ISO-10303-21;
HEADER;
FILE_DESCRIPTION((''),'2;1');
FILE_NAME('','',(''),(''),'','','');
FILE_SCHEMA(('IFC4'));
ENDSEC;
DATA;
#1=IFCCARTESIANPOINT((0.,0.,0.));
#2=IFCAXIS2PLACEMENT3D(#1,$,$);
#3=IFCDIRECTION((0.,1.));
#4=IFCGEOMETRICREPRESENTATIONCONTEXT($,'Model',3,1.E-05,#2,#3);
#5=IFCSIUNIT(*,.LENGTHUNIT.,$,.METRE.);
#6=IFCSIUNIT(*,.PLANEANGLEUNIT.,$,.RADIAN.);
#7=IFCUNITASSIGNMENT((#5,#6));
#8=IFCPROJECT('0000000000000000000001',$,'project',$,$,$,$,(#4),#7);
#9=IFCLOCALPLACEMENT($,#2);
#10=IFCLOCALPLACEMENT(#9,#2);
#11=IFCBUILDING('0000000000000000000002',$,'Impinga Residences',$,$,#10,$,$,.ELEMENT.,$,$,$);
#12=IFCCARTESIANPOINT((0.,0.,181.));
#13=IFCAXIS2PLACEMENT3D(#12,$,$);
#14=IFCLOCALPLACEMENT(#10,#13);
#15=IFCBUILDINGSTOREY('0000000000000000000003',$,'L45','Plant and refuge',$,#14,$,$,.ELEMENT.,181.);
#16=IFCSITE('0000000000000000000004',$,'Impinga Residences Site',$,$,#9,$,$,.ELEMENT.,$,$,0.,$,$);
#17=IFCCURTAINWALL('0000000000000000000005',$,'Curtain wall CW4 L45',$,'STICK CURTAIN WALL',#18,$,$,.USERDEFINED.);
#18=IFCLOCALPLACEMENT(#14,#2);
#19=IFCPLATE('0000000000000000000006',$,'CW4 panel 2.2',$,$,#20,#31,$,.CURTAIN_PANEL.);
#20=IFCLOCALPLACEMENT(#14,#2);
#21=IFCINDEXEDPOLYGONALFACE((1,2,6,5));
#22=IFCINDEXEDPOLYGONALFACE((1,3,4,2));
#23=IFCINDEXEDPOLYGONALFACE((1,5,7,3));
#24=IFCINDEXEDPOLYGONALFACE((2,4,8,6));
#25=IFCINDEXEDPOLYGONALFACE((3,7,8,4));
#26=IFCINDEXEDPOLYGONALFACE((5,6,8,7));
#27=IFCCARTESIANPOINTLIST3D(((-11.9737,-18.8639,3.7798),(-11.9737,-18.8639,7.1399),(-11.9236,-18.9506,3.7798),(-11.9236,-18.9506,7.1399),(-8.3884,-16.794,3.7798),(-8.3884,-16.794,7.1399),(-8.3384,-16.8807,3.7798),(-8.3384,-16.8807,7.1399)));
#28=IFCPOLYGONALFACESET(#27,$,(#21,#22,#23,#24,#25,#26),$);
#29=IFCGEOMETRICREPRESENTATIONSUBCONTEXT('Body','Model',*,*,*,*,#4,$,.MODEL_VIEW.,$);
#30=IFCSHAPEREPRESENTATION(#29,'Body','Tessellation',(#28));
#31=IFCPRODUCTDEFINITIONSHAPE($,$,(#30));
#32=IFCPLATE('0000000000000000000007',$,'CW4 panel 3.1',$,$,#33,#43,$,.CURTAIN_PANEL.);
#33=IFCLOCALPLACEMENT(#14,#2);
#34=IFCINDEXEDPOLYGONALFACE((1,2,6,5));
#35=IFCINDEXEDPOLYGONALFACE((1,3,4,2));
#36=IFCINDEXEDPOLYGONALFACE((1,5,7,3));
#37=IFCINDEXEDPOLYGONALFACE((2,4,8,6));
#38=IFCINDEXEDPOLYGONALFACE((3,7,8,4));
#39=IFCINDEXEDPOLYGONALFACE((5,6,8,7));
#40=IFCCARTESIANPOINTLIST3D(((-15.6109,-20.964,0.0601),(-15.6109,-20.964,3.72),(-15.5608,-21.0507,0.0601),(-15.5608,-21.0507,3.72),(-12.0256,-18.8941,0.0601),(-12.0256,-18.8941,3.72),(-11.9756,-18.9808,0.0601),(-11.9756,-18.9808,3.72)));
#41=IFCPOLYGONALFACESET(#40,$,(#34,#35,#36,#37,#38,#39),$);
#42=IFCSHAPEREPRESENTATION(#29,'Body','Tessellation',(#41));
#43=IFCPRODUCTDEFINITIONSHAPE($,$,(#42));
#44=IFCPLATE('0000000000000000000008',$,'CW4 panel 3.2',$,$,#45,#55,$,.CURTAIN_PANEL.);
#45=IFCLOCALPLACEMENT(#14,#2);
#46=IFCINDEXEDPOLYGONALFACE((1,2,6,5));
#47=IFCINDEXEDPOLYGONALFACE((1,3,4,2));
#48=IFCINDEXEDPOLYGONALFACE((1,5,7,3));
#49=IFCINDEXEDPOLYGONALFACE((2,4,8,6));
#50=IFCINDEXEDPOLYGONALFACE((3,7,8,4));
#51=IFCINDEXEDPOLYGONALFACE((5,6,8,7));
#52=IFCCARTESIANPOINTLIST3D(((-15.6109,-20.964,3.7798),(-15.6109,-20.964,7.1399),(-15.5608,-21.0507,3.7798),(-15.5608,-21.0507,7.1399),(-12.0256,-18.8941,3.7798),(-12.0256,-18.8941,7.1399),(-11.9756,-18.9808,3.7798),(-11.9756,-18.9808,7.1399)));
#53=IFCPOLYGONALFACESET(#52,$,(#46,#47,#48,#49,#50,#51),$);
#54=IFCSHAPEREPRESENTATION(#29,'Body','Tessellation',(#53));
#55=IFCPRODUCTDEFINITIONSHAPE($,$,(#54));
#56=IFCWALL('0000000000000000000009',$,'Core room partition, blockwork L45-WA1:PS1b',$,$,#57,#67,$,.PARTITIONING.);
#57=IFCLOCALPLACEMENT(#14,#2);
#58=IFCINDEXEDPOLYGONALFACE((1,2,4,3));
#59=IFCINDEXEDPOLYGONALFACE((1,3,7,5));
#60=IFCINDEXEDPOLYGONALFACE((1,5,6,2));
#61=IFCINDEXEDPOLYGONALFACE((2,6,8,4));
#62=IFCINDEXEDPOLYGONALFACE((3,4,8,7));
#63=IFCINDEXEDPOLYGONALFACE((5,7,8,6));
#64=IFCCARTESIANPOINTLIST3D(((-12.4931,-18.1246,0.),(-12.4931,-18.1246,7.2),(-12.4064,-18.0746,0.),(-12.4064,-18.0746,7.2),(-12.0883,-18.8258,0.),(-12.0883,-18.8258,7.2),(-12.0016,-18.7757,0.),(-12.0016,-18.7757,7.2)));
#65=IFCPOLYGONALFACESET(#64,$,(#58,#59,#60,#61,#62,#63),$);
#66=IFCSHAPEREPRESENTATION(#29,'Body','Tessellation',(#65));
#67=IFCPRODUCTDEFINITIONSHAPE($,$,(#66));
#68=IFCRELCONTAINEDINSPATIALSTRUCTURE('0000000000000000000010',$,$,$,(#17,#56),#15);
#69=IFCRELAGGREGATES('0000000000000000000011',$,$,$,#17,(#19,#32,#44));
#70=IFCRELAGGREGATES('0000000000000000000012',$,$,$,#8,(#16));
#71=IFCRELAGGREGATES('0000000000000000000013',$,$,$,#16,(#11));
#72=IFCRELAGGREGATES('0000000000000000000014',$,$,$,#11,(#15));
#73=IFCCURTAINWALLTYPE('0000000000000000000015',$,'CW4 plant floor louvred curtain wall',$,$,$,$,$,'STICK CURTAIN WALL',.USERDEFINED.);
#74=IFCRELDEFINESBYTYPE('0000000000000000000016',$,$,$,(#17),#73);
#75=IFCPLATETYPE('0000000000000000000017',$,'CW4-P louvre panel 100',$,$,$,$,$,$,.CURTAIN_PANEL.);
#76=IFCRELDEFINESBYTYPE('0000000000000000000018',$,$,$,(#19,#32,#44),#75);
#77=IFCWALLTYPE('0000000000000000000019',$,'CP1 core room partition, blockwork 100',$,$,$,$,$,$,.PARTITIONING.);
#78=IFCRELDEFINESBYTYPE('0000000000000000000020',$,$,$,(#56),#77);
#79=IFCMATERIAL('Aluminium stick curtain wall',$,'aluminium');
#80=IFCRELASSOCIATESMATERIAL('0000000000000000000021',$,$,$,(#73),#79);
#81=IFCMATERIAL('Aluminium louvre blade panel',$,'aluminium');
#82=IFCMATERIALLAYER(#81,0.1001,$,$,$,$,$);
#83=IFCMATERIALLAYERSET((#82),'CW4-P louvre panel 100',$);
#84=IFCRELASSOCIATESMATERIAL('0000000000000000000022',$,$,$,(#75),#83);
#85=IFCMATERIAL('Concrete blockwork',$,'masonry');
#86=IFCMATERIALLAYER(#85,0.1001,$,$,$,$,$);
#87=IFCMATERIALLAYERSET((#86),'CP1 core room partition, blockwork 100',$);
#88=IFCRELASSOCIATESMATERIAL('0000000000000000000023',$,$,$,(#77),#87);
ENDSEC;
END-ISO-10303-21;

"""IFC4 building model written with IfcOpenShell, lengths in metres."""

from ifc_helpers import new_model, si_unit, direction, frame, frame_2d, origin, origin_2d, place, context, subcontext, project, spatial, rectangle, extrude, material, layer, layer_set, type_object, element, aggregate, save


model = new_model("IFC4")

# Units and contexts
model_context = context("Model", 3, precision=1e-05, world=origin(), true_north=direction((0.0, 1.0)))
body_context = subcontext(model_context, "Body", "Model", "MODEL_VIEW")
ifc_project = project(units=[si_unit("LENGTHUNIT", "METRE"), si_unit("PLANEANGLEUNIT", "RADIAN")], contexts=[model_context])

# Site, building, storey
site_placement = place(None, origin())
site = spatial("IfcSite", under=ifc_project, at=site_placement, Name="Impinga Residences Site", CompositionType="ELEMENT", RefElevation=0.0)
building_placement = place(site_placement, origin())
building = spatial("IfcBuilding", under=site, at=building_placement, Name="Impinga Residences", CompositionType="ELEMENT")
storey_placement = place(building_placement, frame((0.0, 0.0, 181.0)))
storey = spatial("IfcBuildingStorey", under=building, at=storey_placement, Name="L45", Description="Plant and refuge", CompositionType="ELEMENT", Elevation=181.0)

# Curtain wall, plates
ifc_material_1 = material(Name="Aluminium stick curtain wall", Category="aluminium")
curtain_wall_type = type_object("IfcCurtainWallType", Name="CW4 plant floor louvred curtain wall", ElementType="STICK CURTAIN WALL", PredefinedType="USERDEFINED", material=ifc_material_1)
curtain_wall_placement = place(storey_placement, origin())
curtain_wall = element("IfcCurtainWall", 1, at=curtain_wall_placement, inside=storey, type_object=curtain_wall_type, Name="Curtain wall CW4 L45", ObjectType="STICK CURTAIN WALL", PredefinedType="USERDEFINED")
ifc_material_2 = material(Name="Aluminium louvre blade panel", Category="aluminium")
ifc_layer_1 = layer(ifc_material_2, 0.1001)
ifc_layer_set_1 = layer_set([ifc_layer_1], Name="CW4-P louvre panel 100")
plate_type = type_object("IfcPlateType", Name="CW4-P louvre panel 100", PredefinedType="CURTAIN_PANEL", material=ifc_layer_set_1)
plate_1_placement = place(storey_placement, frame((-10.156, -17.8723, 3.7798), z_axis=(0.0, 0.0, 1.0), x_axis=(-0.866025, -0.5, 0.0)))
plate_1 = element("IfcPlate", 2, at=plate_1_placement, type_object=plate_type, Name="CW4 panel 2.2", PredefinedType="CURTAIN_PANEL", context=body_context, shape_type="SweptSolid", body=[
    extrude(rectangle(XDim=4.1399, YDim=0.1001, at=origin_2d()), origin(), (0.0, 0.0, 1.0), 3.3601),
])
plate_2_placement = place(storey_placement, frame((-13.7932, -19.9724, 0.0601), z_axis=(0.0, 0.0, 1.0), x_axis=(-0.866025, -0.5, 0.0)))
plate_2 = element("IfcPlate", 3, at=plate_2_placement, type_object=plate_type, Name="CW4 panel 3.1", PredefinedType="CURTAIN_PANEL", context=body_context, shape_type="SweptSolid", body=[
    extrude(rectangle(XDim=4.1399, YDim=0.1001, at=origin_2d()), origin(), (0.0, 0.0, 1.0), 3.6599),
])
plate_3_placement = place(storey_placement, frame((-13.7932, -19.9724, 3.7798), z_axis=(0.0, 0.0, 1.0), x_axis=(-0.866025, -0.5, 0.0)))
plate_3 = element("IfcPlate", 4, at=plate_3_placement, type_object=plate_type, Name="CW4 panel 3.2", PredefinedType="CURTAIN_PANEL", context=body_context, shape_type="SweptSolid", body=[
    extrude(rectangle(XDim=4.1399, YDim=0.1001, at=origin_2d()), origin(), (0.0, 0.0, 1.0), 3.3601),
])
aggregate(curtain_wall, [plate_1, plate_2, plate_3])

# Wall
ifc_material_3 = material(Name="Concrete blockwork", Category="masonry")
ifc_layer_2 = layer(ifc_material_3, 0.1001)
ifc_layer_set_2 = layer_set([ifc_layer_2], Name="CP1 core room partition, blockwork 100")
wall_type = type_object("IfcWallType", Name="CP1 core room partition, blockwork 100", PredefinedType="PARTITIONING", material=ifc_layer_set_2)
wall_placement = place(storey_placement, frame((-12.4497, -18.0996, 0.0), z_axis=(0.0, 0.0, 1.0), x_axis=(0.499966, -0.866045, 0.0)))
element("IfcWall", 5, at=wall_placement, inside=storey, type_object=wall_type, Name="Core room partition, blockwork L45-WA1:PS1b", PredefinedType="PARTITIONING", context=body_context, shape_type="SweptSolid", body=[
    extrude(rectangle(XDim=0.8096, YDim=0.1001, at=frame_2d((0.4048, 0.0))), origin(), (0.0, 0.0, 1.0), 7.2),
])

save(model, "model.ifc")
